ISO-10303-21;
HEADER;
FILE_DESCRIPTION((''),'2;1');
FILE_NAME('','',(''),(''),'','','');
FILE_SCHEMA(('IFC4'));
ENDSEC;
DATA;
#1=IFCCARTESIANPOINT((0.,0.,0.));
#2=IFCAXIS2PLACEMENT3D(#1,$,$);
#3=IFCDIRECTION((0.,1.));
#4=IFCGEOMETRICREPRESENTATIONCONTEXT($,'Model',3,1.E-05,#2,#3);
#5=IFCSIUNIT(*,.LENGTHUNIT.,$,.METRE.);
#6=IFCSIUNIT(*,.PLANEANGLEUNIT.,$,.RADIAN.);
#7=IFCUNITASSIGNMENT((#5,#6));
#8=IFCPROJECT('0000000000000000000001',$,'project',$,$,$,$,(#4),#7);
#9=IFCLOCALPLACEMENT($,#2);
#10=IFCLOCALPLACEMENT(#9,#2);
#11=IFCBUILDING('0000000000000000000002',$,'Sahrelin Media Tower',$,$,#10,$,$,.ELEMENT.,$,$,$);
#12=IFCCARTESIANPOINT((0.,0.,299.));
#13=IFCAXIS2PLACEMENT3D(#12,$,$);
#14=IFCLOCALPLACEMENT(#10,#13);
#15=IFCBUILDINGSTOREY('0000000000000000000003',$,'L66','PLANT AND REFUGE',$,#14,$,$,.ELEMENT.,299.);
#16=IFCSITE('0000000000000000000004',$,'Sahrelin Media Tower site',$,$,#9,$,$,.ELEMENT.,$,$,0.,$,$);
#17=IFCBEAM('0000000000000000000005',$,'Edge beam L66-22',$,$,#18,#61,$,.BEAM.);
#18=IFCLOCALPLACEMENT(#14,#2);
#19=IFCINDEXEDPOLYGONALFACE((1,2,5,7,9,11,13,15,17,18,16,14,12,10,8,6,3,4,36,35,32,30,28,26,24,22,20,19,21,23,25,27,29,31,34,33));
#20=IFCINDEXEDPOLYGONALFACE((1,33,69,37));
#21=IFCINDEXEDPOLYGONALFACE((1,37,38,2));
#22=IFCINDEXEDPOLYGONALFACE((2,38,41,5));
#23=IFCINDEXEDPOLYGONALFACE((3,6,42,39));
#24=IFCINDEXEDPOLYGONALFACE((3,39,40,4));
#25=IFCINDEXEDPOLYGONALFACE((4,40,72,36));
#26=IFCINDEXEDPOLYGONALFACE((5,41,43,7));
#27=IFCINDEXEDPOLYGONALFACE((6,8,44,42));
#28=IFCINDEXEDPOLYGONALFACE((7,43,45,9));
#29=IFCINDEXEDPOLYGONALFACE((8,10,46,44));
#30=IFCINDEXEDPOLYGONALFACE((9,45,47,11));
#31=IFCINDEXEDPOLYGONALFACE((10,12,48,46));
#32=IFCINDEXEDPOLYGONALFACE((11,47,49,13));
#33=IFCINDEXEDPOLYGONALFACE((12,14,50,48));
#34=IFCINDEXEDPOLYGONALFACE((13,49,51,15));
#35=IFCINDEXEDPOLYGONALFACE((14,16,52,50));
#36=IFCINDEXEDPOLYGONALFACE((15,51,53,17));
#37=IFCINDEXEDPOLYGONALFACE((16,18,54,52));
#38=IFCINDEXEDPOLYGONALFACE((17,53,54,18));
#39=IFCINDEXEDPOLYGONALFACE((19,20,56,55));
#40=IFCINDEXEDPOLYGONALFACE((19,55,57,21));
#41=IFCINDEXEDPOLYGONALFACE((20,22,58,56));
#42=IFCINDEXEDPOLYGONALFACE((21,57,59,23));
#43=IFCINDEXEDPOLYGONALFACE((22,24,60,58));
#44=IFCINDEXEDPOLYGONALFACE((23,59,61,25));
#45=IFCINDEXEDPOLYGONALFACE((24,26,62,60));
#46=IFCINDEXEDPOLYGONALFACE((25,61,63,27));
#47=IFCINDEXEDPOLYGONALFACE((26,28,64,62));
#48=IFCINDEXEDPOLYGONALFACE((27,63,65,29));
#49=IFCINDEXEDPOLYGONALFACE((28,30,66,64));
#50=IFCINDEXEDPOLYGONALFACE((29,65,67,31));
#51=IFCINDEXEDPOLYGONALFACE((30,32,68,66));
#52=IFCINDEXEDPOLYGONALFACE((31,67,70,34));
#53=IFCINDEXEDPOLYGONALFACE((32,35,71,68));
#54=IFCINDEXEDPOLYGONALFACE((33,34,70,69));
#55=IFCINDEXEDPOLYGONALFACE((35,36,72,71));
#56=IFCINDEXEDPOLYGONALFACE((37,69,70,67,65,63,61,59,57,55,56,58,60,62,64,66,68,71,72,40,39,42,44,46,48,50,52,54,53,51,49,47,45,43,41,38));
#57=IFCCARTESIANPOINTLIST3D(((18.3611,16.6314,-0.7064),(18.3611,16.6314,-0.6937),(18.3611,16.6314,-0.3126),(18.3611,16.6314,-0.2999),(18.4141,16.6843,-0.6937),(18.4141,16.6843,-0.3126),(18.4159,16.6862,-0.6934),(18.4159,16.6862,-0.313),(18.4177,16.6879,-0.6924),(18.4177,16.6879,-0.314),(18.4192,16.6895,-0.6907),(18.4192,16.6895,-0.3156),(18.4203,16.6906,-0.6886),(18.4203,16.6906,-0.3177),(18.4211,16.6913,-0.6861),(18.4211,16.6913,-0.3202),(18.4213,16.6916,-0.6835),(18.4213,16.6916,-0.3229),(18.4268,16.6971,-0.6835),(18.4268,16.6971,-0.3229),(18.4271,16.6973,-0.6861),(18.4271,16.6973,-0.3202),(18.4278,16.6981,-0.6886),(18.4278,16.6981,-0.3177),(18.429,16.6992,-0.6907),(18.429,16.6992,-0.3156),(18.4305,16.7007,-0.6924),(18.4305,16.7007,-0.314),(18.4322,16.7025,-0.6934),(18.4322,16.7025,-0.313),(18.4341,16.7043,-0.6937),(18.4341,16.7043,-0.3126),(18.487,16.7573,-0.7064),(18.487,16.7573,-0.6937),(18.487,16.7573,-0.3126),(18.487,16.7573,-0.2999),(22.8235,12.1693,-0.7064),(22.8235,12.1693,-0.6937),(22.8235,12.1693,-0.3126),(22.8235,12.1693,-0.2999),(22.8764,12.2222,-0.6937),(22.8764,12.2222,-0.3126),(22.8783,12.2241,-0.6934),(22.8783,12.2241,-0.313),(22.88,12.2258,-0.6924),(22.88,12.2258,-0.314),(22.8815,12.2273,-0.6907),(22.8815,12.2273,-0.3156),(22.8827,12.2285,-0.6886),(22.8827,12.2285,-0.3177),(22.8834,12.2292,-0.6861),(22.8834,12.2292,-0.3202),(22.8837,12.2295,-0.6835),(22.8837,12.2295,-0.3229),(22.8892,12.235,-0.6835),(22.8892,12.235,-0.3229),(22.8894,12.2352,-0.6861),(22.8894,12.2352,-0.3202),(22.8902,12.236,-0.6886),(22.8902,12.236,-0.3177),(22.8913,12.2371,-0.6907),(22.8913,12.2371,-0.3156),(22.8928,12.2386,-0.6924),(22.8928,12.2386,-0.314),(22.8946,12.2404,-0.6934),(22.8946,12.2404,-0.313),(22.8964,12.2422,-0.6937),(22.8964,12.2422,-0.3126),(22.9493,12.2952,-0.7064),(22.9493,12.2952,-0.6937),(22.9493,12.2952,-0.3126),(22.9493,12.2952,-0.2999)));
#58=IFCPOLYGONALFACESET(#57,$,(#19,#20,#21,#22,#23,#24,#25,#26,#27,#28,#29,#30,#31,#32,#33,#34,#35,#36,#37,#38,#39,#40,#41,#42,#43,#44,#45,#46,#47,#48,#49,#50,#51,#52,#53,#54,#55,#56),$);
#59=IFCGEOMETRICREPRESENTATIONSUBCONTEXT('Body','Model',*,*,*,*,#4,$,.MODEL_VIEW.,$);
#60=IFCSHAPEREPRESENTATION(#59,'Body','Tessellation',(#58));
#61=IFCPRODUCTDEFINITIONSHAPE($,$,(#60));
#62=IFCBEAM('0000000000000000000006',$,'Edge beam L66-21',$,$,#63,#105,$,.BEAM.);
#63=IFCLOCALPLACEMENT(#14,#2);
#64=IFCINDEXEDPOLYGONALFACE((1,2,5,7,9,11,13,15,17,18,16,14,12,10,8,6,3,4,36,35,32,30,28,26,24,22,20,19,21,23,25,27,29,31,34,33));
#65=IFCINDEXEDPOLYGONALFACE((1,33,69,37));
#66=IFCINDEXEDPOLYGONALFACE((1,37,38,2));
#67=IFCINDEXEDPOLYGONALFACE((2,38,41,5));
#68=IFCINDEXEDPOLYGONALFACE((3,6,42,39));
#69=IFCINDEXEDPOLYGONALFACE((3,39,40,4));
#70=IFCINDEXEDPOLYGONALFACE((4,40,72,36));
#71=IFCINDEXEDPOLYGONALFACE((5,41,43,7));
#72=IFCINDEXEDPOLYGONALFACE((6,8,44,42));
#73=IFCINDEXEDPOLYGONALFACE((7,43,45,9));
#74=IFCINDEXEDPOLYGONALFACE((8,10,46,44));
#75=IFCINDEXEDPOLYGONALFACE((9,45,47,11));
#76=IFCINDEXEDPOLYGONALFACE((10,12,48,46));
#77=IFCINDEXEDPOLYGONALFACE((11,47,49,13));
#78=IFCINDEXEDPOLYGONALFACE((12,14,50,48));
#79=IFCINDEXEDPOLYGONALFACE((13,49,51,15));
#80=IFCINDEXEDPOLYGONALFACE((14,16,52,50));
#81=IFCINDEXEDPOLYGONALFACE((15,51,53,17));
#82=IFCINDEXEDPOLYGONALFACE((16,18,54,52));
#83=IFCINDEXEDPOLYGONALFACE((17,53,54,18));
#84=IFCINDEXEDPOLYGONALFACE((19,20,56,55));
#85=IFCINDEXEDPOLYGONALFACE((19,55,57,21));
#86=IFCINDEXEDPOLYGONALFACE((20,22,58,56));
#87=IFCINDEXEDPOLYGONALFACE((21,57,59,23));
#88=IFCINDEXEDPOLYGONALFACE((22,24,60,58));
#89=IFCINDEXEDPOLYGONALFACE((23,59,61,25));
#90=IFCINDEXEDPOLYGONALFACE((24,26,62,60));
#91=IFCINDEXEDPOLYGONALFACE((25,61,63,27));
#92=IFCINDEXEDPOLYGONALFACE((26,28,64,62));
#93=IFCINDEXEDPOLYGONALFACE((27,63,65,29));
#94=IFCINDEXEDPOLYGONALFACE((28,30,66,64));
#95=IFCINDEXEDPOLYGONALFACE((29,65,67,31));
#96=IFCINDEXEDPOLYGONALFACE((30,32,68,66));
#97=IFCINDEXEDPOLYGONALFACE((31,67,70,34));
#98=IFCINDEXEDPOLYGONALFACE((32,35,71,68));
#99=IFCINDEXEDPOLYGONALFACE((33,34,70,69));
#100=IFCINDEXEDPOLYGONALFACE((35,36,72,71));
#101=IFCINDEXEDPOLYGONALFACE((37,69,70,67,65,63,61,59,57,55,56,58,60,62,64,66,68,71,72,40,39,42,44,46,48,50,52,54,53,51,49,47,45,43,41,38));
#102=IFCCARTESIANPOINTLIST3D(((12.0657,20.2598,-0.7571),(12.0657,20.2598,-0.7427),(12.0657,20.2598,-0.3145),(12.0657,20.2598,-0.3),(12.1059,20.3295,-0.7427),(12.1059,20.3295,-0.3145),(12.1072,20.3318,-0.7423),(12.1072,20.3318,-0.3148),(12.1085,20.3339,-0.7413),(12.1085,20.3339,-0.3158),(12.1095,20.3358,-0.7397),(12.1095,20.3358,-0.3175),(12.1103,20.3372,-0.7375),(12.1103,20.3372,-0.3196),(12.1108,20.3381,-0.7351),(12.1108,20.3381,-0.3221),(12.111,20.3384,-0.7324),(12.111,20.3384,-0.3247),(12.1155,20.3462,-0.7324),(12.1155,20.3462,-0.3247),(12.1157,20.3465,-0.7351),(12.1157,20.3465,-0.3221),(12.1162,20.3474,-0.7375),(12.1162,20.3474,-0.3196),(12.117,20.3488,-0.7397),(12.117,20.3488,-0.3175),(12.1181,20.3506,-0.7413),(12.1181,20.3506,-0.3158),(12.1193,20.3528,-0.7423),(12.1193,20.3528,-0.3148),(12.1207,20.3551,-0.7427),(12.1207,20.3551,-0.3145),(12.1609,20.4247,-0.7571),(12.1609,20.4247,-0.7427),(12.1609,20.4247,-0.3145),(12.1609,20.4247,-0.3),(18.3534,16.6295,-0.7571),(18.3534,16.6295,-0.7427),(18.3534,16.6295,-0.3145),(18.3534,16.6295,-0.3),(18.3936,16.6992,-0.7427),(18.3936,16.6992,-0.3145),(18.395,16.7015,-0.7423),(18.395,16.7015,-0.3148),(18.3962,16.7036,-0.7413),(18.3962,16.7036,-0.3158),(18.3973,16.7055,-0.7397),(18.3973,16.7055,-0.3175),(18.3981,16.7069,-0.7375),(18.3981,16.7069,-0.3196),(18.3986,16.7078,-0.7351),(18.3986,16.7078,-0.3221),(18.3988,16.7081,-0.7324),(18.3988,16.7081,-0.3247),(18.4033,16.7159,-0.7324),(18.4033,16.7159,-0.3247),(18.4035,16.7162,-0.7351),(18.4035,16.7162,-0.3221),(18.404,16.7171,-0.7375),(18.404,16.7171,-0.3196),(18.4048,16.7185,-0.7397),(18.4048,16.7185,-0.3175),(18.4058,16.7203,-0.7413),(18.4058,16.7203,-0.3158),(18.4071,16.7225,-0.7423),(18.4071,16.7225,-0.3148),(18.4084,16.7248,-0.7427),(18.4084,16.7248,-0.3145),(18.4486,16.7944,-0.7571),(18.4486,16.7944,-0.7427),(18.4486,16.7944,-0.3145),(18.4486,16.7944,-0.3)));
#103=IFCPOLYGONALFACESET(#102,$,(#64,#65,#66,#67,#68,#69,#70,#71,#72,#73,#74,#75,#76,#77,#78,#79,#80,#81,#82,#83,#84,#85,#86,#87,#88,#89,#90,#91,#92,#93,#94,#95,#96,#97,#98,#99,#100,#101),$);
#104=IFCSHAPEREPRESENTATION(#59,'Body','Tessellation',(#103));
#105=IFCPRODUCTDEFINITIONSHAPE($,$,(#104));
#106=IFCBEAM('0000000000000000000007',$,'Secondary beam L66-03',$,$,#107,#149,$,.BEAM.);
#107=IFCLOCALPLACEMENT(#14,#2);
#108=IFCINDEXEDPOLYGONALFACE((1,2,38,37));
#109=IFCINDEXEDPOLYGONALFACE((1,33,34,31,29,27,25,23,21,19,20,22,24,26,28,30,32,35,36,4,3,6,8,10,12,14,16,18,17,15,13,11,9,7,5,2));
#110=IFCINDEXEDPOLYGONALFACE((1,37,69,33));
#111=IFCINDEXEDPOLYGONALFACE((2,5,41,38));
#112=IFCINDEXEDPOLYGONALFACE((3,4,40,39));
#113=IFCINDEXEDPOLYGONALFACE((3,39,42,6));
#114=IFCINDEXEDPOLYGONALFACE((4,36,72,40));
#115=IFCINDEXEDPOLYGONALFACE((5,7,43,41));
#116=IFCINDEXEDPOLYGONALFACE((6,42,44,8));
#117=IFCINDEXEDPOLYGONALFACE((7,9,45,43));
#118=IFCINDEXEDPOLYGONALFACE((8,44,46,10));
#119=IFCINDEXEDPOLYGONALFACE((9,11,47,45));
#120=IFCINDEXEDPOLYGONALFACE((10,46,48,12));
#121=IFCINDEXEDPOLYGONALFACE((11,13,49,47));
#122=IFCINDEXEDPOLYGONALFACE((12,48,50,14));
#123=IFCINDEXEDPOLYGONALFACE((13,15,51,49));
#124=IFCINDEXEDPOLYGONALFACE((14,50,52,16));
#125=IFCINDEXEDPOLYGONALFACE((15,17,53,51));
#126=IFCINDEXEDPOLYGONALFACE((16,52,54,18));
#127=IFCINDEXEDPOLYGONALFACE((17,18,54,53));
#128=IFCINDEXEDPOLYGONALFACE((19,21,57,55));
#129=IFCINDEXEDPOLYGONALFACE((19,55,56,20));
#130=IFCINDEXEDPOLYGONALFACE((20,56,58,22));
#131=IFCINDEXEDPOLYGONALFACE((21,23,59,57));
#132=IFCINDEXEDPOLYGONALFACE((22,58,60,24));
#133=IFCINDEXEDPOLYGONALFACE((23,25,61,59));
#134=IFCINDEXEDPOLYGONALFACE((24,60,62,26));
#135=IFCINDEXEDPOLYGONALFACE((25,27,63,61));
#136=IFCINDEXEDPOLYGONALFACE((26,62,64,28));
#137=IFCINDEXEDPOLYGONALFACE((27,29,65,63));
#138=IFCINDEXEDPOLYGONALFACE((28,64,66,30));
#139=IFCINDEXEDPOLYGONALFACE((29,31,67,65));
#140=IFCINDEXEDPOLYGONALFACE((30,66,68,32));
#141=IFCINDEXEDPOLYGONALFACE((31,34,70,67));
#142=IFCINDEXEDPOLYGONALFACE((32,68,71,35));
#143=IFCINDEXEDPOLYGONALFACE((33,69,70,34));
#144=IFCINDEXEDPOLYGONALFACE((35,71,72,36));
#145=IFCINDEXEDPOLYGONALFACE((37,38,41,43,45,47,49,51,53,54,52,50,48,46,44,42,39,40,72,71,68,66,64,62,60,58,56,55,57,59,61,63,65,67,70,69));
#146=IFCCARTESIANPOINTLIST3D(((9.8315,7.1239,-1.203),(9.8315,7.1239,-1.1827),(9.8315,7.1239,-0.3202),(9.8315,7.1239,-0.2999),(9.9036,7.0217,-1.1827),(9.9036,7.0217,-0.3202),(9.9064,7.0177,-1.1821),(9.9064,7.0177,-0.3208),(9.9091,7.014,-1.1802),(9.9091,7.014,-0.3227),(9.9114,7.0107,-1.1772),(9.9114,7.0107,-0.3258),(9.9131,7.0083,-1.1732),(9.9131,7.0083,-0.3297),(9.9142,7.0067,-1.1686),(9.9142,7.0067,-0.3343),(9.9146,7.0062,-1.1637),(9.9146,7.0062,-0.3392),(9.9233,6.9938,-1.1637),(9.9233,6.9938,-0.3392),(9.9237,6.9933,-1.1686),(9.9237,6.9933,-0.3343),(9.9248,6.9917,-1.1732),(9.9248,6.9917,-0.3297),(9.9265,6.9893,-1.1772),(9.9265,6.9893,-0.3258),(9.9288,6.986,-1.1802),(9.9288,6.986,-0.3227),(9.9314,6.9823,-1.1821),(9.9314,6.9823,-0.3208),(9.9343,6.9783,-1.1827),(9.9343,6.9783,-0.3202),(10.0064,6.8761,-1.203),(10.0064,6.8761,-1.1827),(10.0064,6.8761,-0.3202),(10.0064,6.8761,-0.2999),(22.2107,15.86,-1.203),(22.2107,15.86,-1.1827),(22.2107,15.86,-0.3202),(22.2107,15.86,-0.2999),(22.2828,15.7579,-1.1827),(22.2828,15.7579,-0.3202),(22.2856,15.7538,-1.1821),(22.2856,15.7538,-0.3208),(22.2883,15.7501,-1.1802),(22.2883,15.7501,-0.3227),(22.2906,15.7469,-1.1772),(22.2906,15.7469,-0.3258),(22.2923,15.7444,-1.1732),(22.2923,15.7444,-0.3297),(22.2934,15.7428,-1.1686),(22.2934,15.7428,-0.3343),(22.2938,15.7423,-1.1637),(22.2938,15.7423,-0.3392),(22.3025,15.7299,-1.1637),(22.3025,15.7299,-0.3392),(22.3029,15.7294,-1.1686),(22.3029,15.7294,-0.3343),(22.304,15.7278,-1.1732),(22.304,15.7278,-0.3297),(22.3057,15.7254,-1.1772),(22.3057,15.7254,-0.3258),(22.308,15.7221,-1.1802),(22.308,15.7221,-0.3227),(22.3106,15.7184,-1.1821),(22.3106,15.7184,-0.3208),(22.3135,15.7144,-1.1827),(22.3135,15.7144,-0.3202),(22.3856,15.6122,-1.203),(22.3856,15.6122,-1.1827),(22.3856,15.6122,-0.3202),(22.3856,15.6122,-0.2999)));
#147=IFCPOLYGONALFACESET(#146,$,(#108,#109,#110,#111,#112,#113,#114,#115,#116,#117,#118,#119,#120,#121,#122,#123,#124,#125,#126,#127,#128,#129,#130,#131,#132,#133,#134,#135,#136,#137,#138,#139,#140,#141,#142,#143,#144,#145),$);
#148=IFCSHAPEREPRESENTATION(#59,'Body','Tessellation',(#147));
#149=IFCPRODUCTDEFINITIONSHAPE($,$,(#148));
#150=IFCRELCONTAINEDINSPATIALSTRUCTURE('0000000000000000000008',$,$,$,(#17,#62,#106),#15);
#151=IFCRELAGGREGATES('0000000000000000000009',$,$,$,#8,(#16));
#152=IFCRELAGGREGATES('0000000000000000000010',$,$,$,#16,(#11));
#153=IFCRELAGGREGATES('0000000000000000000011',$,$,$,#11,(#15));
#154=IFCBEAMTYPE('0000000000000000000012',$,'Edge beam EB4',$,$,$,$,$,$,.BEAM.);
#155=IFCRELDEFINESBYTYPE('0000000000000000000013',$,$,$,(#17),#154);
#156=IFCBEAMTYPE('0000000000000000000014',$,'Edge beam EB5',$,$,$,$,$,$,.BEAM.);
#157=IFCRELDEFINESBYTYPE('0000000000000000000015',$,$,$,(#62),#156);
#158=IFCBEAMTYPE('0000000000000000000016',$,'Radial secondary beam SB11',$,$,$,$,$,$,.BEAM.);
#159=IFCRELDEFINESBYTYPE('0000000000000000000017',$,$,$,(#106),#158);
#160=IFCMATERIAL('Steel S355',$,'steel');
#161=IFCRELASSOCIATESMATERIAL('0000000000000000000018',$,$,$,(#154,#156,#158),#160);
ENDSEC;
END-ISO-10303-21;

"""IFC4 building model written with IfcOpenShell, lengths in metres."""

from ifc_helpers import new_model, si_unit, direction, frame, origin, origin_2d, place, context, subcontext, project, spatial, i_section, extrude, material, material_profile, profile_set, type_object, element, save


model = new_model("IFC4")

# Units and contexts
model_context = context("Model", 3, precision=1e-05, world=origin(), true_north=direction((0.0, 1.0)))
body_context = subcontext(model_context, "Body", "Model", "MODEL_VIEW")
ifc_project = project(units=[si_unit("LENGTHUNIT", "METRE"), si_unit("PLANEANGLEUNIT", "RADIAN")], contexts=[model_context])

# Site, building, storey
site_placement = place(None, origin())
site = spatial("IfcSite", under=ifc_project, at=site_placement, Name="Sahrelin Media Tower site", CompositionType="ELEMENT", RefElevation=0.0)
building_placement = place(site_placement, origin())
building = spatial("IfcBuilding", under=site, at=building_placement, Name="Sahrelin Media Tower", CompositionType="ELEMENT")
storey_placement = place(building_placement, frame((0.0, 0.0, 299.0)))
storey = spatial("IfcBuildingStorey", under=building, at=storey_placement, Name="L66", Description="PLANT AND REFUGE", CompositionType="ELEMENT", Elevation=299.0)

# Beams
ifc_material_1 = material(Name="Steel S355", Category="steel")
ifc_material_profile_1 = material_profile(ifc_material_1, i_section(OverallWidth=0.178, OverallDepth=0.4065, WebThickness=0.0078, FlangeThickness=0.0127, FilletRadius=0.0103, at=origin_2d()), Name="UB 406x178x60")
ifc_profile_set_1 = profile_set([ifc_material_profile_1], Name="Steel S355")
beam_type_1 = type_object("IfcBeamType", Name="Edge beam EB4", PredefinedType="BEAM", material=ifc_profile_set_1)
beam_1_placement = place(storey_placement, frame((18.4241, 16.6943, -0.5032), z_axis=(0.707126, -0.707087, 0.0), x_axis=(0.707087, 0.707126, 0.0)))
element("IfcBeam", 1, at=beam_1_placement, inside=storey, type_object=beam_type_1, Name="Edge beam L66-22", PredefinedType="BEAM", context=body_context, shape_type="SweptSolid", body=[
    extrude(i_section(OverallWidth=0.178, OverallDepth=0.4065, WebThickness=0.0078, FlangeThickness=0.0127, FilletRadius=0.0103, at=origin_2d()), origin(), (0.0, 0.0, 1.0), 6.3105),
])
ifc_material_profile_2 = material_profile(ifc_material_1, i_section(OverallWidth=0.1904, OverallDepth=0.457, WebThickness=0.009, FlangeThickness=0.0144, FilletRadius=0.0103, at=origin_2d()), Name="UB 457x191x74")
ifc_profile_set_2 = profile_set([ifc_material_profile_2], Name="Steel S355")
beam_type_2 = type_object("IfcBeamType", Name="Edge beam EB5", PredefinedType="BEAM", material=ifc_profile_set_2)
beam_2_placement = place(storey_placement, frame((12.1133, 20.3423, -0.5286), z_axis=(0.86602, -0.500009, 0.0), x_axis=(0.500009, 0.86602, 0.0)))
element("IfcBeam", 2, at=beam_2_placement, inside=storey, type_object=beam_type_2, Name="Edge beam L66-21", PredefinedType="BEAM", context=body_context, shape_type="SweptSolid", body=[
    extrude(i_section(OverallWidth=0.1904, OverallDepth=0.457, WebThickness=0.009, FlangeThickness=0.0144, FilletRadius=0.0103, at=origin_2d()), origin(), (0.0, 0.0, 1.0), 7.2605),
])
ifc_material_profile_3 = material_profile(ifc_material_1, i_section(OverallWidth=0.3032, OverallDepth=0.9031, WebThickness=0.0151, FlangeThickness=0.0203, FilletRadius=0.019, at=origin_2d()), Name="UB 914x305x201")
ifc_profile_set_3 = profile_set([ifc_material_profile_3], Name="Steel S355")
beam_type_3 = type_object("IfcBeamType", Name="Radial secondary beam SB11", PredefinedType="BEAM", material=ifc_profile_set_3)
beam_3_placement = place(storey_placement, frame((9.9189, 7.0, -0.7515), z_axis=(0.817034, 0.576589, 0.0), x_axis=(-0.576589, 0.817034, 0.0)))
element("IfcBeam", 3, at=beam_3_placement, inside=storey, type_object=beam_type_3, Name="Secondary beam L66-03", PredefinedType="BEAM", context=body_context, shape_type="SweptSolid", body=[
    extrude(i_section(OverallWidth=0.3032, OverallDepth=0.9031, WebThickness=0.0151, FlangeThickness=0.0203, FilletRadius=0.019, at=origin_2d()), origin(), (0.0, 0.0, 1.0), 15.1514),
])

save(model, "model.ifc")
